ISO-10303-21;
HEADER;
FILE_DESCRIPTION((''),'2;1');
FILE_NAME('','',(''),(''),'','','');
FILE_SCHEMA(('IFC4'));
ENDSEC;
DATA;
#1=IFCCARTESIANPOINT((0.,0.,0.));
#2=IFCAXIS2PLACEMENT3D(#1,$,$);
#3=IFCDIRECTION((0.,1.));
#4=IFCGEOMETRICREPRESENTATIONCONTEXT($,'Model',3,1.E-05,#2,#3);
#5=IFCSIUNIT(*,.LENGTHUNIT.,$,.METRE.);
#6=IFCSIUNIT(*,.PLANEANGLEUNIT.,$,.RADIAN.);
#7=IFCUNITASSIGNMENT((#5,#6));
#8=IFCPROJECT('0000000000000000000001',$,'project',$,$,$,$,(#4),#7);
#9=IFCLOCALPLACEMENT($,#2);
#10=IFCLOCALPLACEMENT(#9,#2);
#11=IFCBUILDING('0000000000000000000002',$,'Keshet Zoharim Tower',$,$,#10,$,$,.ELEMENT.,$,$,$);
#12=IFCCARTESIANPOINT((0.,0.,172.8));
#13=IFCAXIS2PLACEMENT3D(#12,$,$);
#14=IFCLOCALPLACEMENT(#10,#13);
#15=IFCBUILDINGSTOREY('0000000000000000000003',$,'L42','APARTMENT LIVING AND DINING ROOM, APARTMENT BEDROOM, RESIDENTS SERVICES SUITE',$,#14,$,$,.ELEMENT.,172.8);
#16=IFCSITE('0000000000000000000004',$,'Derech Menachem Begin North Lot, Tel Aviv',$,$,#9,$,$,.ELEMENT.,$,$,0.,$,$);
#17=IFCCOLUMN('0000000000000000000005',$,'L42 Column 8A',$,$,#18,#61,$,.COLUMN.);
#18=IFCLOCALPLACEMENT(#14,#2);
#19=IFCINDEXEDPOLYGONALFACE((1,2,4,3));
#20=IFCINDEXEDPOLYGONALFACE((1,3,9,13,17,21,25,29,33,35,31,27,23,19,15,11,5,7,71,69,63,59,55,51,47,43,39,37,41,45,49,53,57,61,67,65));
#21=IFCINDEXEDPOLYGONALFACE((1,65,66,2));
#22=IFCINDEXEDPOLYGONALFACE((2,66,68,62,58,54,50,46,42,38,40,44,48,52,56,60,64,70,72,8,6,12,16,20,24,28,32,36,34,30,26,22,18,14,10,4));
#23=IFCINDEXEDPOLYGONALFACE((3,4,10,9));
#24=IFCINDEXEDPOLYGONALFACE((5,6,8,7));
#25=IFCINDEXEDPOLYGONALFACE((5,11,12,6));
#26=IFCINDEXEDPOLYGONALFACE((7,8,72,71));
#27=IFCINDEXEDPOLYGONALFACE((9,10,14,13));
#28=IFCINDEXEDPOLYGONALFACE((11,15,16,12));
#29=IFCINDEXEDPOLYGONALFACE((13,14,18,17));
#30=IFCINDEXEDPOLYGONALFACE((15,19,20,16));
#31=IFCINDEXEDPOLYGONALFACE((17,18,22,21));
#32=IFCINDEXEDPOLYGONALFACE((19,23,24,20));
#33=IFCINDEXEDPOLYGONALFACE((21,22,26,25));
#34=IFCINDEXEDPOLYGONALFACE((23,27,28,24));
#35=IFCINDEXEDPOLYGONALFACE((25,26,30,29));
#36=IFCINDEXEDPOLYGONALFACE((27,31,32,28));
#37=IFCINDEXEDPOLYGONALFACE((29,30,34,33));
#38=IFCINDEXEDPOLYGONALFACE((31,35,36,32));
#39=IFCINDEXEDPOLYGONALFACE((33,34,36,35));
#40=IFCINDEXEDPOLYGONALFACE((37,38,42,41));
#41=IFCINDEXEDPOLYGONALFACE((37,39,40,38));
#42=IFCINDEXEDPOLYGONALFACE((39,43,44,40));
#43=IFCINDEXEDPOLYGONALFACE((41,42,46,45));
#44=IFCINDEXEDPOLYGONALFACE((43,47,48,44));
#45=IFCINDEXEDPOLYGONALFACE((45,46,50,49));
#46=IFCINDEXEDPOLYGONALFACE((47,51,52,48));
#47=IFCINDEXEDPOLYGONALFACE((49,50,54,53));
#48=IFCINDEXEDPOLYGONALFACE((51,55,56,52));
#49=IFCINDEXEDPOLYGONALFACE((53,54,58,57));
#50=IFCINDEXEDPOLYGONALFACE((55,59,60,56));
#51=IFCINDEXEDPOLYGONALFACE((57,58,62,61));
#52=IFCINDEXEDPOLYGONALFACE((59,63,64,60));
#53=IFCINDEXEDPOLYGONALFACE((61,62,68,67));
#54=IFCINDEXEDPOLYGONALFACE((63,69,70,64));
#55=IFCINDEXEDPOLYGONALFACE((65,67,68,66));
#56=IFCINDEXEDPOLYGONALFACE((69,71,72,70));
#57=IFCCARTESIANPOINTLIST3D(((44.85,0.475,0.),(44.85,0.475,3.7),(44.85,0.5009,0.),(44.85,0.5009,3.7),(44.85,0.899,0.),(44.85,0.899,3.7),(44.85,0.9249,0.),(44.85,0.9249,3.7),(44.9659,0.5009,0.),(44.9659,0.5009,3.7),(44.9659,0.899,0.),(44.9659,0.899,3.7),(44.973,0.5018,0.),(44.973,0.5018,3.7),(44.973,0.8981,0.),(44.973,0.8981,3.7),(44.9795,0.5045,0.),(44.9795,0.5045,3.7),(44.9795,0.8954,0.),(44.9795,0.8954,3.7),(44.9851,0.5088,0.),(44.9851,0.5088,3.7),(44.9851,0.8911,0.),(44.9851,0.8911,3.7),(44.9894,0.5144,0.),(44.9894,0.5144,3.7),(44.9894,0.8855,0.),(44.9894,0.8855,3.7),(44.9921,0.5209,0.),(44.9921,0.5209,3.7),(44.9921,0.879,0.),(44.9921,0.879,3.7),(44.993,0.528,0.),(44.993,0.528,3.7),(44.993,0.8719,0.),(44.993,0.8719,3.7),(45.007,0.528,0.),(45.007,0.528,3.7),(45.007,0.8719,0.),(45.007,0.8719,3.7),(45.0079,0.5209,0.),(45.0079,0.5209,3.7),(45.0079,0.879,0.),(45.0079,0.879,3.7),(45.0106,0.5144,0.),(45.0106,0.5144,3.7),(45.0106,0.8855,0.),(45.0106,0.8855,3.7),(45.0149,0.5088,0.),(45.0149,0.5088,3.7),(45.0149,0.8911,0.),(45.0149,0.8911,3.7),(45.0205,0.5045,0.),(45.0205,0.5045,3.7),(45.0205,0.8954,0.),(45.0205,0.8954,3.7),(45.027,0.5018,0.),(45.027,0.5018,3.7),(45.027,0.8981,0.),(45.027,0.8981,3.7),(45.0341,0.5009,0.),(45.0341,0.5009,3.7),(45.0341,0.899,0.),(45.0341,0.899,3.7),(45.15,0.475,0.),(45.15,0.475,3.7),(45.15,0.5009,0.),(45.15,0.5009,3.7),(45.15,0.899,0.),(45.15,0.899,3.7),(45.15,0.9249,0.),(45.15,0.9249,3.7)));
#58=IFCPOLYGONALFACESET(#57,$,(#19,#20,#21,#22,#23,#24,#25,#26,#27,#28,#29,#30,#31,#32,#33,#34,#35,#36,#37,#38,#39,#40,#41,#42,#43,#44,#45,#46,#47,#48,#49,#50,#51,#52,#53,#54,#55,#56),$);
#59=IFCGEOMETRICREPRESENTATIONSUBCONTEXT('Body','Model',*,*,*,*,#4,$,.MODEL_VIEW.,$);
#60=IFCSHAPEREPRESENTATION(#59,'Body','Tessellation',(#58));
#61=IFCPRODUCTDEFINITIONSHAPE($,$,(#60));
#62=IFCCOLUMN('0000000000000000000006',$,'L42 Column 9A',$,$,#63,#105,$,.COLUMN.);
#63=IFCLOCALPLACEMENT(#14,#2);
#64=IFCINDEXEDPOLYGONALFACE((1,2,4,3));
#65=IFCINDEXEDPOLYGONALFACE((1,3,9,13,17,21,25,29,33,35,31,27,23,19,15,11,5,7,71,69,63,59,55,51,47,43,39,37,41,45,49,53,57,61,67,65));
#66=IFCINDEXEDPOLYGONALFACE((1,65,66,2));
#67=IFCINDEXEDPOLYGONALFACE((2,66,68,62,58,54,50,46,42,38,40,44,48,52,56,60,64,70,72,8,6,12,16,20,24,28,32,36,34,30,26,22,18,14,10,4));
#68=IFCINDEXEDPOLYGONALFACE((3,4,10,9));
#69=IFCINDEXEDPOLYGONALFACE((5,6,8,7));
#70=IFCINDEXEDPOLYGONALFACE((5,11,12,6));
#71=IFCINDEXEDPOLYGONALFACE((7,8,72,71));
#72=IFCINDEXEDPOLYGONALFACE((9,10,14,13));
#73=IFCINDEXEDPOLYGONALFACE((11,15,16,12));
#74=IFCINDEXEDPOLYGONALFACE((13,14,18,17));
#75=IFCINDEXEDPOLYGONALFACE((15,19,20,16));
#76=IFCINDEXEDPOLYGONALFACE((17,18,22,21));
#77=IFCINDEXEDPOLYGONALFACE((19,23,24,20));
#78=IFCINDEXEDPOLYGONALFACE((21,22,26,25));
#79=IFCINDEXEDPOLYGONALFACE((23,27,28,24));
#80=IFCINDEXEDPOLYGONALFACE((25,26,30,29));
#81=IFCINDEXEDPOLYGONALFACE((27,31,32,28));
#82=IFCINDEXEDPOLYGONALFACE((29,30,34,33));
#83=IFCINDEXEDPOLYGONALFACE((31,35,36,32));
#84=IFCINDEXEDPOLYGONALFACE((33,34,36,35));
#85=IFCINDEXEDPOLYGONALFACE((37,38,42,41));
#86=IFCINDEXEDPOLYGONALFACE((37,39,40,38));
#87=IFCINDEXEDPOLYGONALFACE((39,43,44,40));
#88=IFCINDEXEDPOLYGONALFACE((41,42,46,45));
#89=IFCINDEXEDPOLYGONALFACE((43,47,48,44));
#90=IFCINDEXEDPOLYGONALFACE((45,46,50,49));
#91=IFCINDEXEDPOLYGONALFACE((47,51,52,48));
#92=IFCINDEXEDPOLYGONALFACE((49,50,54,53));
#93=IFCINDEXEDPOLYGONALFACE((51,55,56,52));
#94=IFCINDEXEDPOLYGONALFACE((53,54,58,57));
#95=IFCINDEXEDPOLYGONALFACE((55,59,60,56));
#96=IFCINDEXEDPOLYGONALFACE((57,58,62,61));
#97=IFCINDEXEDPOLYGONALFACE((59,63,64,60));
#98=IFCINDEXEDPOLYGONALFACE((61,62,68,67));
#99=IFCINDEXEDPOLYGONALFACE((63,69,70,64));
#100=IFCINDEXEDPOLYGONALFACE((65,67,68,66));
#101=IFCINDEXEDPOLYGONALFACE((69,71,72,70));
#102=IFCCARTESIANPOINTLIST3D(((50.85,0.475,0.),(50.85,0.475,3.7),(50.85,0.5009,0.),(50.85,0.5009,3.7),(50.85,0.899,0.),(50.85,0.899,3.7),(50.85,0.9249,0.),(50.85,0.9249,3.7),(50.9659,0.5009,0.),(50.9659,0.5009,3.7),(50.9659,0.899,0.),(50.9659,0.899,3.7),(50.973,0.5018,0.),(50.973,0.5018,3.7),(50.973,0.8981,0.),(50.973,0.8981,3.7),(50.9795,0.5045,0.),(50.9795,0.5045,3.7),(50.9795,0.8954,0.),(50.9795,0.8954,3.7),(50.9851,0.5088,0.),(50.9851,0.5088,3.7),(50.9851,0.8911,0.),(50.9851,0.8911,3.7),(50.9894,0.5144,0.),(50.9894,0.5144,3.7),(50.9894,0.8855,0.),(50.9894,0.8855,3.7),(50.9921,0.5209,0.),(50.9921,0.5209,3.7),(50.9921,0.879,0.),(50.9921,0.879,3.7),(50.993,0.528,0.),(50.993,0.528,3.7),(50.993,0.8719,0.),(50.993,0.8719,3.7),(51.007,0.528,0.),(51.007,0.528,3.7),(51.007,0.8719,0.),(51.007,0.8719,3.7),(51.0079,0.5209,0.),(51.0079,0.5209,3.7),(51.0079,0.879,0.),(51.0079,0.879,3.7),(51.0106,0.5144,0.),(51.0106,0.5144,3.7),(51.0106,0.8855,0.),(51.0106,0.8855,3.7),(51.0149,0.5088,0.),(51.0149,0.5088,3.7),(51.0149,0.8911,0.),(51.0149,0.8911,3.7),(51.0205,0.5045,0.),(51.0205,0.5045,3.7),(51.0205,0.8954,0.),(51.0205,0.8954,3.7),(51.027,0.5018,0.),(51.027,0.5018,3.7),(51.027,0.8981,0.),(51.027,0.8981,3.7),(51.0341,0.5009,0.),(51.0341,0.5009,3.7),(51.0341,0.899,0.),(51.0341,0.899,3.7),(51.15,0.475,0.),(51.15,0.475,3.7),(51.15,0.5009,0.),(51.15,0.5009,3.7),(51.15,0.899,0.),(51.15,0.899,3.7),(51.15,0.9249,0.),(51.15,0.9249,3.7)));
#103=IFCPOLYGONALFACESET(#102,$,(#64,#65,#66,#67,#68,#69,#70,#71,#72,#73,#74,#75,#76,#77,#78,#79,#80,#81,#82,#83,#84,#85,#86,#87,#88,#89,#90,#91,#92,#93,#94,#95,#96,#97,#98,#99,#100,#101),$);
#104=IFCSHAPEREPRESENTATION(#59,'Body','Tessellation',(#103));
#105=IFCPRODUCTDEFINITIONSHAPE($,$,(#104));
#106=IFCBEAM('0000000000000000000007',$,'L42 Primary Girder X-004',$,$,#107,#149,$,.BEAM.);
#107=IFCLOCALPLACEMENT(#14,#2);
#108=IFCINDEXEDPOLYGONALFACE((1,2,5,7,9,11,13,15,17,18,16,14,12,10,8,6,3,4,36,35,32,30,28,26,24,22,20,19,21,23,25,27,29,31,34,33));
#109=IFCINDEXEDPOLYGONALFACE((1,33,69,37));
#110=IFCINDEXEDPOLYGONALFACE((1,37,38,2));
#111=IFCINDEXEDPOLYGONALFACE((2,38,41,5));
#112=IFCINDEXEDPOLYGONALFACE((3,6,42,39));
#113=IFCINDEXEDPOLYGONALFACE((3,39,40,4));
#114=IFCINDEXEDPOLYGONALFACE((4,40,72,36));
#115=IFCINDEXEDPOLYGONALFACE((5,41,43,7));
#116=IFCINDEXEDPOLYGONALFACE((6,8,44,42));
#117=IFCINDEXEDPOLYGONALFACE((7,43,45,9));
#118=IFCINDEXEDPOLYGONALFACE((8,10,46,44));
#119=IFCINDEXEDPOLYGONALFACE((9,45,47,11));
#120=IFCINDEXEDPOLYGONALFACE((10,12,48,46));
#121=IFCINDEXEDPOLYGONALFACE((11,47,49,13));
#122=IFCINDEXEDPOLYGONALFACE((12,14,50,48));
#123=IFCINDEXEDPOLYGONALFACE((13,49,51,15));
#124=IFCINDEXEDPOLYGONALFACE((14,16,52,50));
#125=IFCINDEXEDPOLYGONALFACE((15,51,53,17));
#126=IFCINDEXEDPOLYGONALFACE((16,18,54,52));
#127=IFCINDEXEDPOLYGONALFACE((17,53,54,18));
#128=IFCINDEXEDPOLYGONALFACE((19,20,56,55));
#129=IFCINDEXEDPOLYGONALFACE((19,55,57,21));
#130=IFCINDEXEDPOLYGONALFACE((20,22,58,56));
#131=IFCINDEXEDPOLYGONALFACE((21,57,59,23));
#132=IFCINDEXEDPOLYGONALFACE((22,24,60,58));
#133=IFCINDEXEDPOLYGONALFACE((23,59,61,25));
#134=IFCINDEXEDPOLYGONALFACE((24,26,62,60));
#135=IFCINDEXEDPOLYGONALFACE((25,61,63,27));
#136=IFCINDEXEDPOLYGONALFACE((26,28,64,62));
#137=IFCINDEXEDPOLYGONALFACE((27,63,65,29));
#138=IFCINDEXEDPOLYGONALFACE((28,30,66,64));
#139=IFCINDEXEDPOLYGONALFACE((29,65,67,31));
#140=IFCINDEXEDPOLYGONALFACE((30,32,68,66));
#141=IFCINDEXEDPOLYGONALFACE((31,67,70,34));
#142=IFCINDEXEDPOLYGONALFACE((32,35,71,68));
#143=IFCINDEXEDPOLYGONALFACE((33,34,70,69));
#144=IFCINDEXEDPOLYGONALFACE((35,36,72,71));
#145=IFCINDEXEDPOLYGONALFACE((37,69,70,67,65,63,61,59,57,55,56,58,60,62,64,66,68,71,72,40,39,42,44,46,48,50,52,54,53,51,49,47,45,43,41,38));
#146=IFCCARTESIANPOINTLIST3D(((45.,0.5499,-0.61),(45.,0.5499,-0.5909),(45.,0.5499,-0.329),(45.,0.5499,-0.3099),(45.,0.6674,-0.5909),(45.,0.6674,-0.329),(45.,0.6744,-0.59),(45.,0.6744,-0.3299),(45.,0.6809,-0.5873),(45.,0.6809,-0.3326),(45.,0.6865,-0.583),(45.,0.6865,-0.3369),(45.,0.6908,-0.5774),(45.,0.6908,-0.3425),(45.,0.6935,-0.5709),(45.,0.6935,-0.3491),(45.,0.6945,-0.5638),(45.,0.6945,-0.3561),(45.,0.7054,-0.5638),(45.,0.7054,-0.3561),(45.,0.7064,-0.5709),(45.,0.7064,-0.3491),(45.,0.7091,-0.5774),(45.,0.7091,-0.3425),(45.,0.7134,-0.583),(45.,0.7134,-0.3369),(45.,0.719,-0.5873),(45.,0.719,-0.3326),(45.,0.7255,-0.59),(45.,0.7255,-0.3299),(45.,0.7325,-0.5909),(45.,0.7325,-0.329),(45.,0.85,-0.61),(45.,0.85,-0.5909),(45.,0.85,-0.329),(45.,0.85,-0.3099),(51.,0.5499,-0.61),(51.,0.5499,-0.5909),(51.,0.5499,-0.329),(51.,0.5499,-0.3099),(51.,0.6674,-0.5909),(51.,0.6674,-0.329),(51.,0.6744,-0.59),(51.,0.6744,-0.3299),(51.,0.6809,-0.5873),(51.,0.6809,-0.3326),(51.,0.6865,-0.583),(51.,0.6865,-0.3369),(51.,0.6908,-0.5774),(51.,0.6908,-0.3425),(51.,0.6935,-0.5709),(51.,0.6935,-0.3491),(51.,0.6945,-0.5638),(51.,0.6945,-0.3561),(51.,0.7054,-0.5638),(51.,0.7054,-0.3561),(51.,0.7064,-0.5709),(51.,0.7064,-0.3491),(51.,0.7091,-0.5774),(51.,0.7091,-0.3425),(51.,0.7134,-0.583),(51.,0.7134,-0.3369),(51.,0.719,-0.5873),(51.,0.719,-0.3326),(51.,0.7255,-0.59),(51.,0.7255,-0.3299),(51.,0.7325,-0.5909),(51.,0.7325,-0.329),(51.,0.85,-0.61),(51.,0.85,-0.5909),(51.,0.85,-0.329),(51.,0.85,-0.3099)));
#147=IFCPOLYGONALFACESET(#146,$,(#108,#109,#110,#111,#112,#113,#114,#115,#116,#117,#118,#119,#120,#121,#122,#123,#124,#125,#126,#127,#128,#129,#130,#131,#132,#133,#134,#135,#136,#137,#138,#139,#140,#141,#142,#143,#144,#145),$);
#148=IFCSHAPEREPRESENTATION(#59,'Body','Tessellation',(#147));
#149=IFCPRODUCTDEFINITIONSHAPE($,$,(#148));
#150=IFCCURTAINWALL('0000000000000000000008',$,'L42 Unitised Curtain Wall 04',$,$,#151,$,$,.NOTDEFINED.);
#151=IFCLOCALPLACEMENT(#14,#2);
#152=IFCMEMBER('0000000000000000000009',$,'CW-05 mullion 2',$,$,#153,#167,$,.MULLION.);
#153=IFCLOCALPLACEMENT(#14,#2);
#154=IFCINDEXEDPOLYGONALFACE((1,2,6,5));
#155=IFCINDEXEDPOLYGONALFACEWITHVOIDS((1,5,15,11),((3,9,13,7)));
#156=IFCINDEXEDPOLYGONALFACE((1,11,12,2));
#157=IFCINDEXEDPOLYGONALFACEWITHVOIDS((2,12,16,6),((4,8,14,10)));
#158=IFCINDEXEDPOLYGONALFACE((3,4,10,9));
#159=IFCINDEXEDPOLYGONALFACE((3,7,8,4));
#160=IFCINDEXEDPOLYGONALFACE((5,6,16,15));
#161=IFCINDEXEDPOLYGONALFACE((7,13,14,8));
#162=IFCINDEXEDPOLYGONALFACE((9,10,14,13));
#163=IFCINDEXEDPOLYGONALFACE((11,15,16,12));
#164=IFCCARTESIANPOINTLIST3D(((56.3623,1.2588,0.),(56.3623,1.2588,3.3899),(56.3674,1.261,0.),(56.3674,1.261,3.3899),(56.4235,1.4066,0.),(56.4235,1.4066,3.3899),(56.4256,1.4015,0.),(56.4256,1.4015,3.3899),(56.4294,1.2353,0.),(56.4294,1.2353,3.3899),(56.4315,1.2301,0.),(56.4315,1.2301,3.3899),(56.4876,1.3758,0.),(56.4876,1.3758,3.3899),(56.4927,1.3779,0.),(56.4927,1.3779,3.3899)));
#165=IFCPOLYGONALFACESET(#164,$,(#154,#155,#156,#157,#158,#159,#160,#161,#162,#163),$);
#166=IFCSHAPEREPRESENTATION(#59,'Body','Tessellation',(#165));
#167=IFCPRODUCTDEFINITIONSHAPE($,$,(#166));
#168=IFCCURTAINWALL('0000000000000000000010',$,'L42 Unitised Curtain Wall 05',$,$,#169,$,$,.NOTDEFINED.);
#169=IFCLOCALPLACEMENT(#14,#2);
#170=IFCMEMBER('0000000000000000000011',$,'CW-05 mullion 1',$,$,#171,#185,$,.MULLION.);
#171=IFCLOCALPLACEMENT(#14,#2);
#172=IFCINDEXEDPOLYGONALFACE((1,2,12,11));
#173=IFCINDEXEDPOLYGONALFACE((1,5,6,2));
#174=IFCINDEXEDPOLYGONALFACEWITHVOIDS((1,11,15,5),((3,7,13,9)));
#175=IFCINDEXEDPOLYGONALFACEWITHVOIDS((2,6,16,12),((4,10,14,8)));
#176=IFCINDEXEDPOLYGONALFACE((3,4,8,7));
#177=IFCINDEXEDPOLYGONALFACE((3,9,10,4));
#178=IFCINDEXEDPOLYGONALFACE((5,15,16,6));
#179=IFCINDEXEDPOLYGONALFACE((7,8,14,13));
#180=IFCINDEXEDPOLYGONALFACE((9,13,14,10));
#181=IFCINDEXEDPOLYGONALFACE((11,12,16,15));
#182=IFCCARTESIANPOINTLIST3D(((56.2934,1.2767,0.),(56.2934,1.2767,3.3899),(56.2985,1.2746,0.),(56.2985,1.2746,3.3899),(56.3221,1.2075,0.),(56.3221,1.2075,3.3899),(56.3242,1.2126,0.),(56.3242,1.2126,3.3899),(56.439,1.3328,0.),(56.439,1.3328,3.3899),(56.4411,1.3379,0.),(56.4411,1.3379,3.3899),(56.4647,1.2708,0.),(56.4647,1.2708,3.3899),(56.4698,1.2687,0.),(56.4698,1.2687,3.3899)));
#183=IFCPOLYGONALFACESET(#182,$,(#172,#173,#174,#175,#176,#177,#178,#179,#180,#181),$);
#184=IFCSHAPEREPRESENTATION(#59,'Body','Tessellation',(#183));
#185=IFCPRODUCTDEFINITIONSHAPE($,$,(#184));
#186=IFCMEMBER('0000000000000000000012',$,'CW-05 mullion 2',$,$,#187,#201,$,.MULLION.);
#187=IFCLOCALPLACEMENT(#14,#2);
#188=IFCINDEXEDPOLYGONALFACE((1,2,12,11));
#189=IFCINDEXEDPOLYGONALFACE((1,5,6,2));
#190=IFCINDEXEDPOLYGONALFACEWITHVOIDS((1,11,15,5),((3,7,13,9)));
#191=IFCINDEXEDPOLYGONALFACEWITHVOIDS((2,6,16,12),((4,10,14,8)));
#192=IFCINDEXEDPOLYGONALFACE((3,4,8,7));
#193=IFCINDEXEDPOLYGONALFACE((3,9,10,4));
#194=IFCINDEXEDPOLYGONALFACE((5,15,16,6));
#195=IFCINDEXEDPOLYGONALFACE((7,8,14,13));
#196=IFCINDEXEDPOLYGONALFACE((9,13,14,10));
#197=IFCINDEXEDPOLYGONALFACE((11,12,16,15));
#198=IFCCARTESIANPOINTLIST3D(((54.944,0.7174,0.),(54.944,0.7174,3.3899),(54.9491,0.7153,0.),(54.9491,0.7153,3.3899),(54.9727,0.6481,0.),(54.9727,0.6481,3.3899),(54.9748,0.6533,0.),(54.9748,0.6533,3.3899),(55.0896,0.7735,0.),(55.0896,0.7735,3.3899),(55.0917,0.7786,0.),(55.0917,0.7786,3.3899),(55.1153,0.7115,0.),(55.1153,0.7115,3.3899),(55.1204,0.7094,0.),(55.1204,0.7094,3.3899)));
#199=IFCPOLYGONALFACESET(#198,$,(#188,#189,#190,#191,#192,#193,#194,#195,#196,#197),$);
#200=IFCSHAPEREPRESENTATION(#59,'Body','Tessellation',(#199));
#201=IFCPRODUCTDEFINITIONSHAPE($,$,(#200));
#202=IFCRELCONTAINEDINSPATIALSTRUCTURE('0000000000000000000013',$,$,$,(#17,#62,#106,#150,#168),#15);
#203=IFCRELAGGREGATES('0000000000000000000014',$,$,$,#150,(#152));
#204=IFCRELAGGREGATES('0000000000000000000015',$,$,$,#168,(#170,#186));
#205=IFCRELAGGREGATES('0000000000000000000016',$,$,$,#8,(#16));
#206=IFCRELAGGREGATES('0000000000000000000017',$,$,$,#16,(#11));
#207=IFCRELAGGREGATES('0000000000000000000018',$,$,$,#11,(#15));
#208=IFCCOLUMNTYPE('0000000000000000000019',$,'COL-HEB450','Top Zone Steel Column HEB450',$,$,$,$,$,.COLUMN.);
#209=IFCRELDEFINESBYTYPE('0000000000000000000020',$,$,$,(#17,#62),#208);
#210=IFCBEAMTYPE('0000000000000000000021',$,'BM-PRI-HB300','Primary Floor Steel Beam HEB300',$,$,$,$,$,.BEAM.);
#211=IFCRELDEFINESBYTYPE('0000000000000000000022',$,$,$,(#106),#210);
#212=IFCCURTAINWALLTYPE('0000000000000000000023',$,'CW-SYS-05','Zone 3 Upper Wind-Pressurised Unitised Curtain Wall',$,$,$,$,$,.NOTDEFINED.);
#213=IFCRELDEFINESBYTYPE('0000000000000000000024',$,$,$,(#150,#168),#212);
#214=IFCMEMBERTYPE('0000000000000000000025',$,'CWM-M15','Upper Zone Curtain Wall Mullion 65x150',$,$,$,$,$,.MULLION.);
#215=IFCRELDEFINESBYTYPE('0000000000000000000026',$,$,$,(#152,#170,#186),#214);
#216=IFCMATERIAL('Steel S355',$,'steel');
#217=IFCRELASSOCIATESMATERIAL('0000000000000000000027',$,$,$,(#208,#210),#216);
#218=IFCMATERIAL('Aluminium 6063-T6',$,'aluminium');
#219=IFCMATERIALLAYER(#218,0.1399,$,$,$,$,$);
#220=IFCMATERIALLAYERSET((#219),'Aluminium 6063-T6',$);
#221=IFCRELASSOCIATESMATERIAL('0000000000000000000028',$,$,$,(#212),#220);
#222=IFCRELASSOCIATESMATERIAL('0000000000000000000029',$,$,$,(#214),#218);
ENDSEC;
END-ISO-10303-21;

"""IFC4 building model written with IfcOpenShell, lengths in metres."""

from ifc_helpers import new_model, si_unit, direction, frame, origin, origin_2d, place, context, subcontext, project, spatial, hollow_rectangle, i_section, extrude, material, layer, layer_set, material_profile, profile_set, type_object, element, aggregate, save


model = new_model("IFC4")

# Units and contexts
model_context = context("Model", 3, precision=1e-05, world=origin(), true_north=direction((0.0, 1.0)))
body_context = subcontext(model_context, "Body", "Model", "MODEL_VIEW")
ifc_project = project(units=[si_unit("LENGTHUNIT", "METRE"), si_unit("PLANEANGLEUNIT", "RADIAN")], contexts=[model_context])

# Site, building, storey
site_placement = place(None, origin())
site = spatial("IfcSite", under=ifc_project, at=site_placement, Name="Derech Menachem Begin North Lot, Tel Aviv", CompositionType="ELEMENT", RefElevation=0.0)
building_placement = place(site_placement, origin())
building = spatial("IfcBuilding", under=site, at=building_placement, Name="Keshet Zoharim Tower", CompositionType="ELEMENT")
storey_placement = place(building_placement, frame((0.0, 0.0, 172.8)))
storey = spatial("IfcBuildingStorey", under=building, at=storey_placement, Name="L42", Description="APARTMENT LIVING AND DINING ROOM, APARTMENT BEDROOM, RESIDENTS SERVICES SUITE", CompositionType="ELEMENT", Elevation=172.8)

# Columns
ifc_material_1 = material(Name="Steel S355", Category="steel")
ifc_material_profile_1 = material_profile(ifc_material_1, i_section(OverallWidth=0.3, OverallDepth=0.45, WebThickness=0.0139, FlangeThickness=0.0259, FilletRadius=0.0271, at=origin_2d()), Name="HEB450")
ifc_profile_set_1 = profile_set([ifc_material_profile_1], Name="Steel S355")
column_type = type_object("IfcColumnType", Name="COL-HEB450", Description="Top Zone Steel Column HEB450", PredefinedType="COLUMN", material=ifc_profile_set_1)
for number, where, z_axis, x_axis, name in (
    (1, (45.0, 0.7, 0.0), (0.0, 0.0, 1.0), (1.0, 0.0, 0.0), "L42 Column 8A"),
    (2, (51.0, 0.7, 0.0), (0.0, 0.0, 1.0), (1.0, 0.0, 0.0), "L42 Column 9A"),
):
    element("IfcColumn", number, at=place(storey_placement, frame(where, z_axis=z_axis, x_axis=x_axis)), inside=storey, type_object=column_type, Name=name, PredefinedType="COLUMN", context=body_context, shape_type="SweptSolid", body=[
        extrude(i_section(OverallWidth=0.3, OverallDepth=0.45, WebThickness=0.0139, FlangeThickness=0.0259, FilletRadius=0.0271, at=origin_2d()), origin(), (0.0, 0.0, 1.0), 3.7),
    ])

# Beam
ifc_material_profile_2 = material_profile(ifc_material_1, i_section(OverallWidth=0.3, OverallDepth=0.3, WebThickness=0.011, FlangeThickness=0.019, FilletRadius=0.0271, at=origin_2d()), Name="HEB300")
ifc_profile_set_2 = profile_set([ifc_material_profile_2], Name="Steel S355")
beam_type = type_object("IfcBeamType", Name="BM-PRI-HB300", Description="Primary Floor Steel Beam HEB300", PredefinedType="BEAM", material=ifc_profile_set_2)
beam_placement = place(storey_placement, frame((45.0, 0.7, -0.46), z_axis=(1.0, 0.0, 0.0), x_axis=(0.0, 1.0, 0.0)))
element("IfcBeam", 3, at=beam_placement, inside=storey, type_object=beam_type, Name="L42 Primary Girder X-004", PredefinedType="BEAM", context=body_context, shape_type="SweptSolid", body=[
    extrude(i_section(OverallWidth=0.3, OverallDepth=0.3, WebThickness=0.011, FlangeThickness=0.019, FilletRadius=0.0271, at=origin_2d()), origin(), (0.0, 0.0, 1.0), 6.0),
])

# Curtain wall, member
ifc_material_2 = material(Name="Aluminium 6063-T6", Category="aluminium")
ifc_layer_1 = layer(ifc_material_2, 0.1399)
ifc_layer_set_1 = layer_set([ifc_layer_1], Name="Aluminium 6063-T6")
curtain_wall_type = type_object("IfcCurtainWallType", Name="CW-SYS-05", Description="Zone 3 Upper Wind-Pressurised Unitised Curtain Wall", PredefinedType="NOTDEFINED", material=ifc_layer_set_1)
curtain_wall_1_placement = place(storey_placement, origin())
curtain_wall_1 = element("IfcCurtainWall", 4, at=curtain_wall_1_placement, inside=storey, type_object=curtain_wall_type, Name="L42 Unitised Curtain Wall 04", PredefinedType="NOTDEFINED")
ifc_material_profile_3 = material_profile(ifc_material_2, hollow_rectangle(XDim=0.075, YDim=0.1599, WallThickness=0.0039, at=origin_2d()), Name="MUL-75x160")
ifc_profile_set_3 = profile_set([ifc_material_profile_3], Name="Aluminium 6063-T6")
member_type_1 = type_object("IfcMemberType", Name="CWM-M15", Description="Upper Zone Curtain Wall Mullion 65x150", PredefinedType="MULLION", material=ifc_profile_set_3)
member_1_placement = place(storey_placement, frame((56.4275, 1.3184, 0.0), z_axis=(0.0, 0.0, 1.0), x_axis=(0.92381, -0.382852, 0.0)))
member_1 = element("IfcMember", 5, at=member_1_placement, type_object=member_type_1, Name="CW-05 mullion 2", PredefinedType="MULLION", context=body_context, shape_type="SweptSolid", body=[
    extrude(hollow_rectangle(XDim=0.075, YDim=0.1599, WallThickness=0.0039, at=origin_2d()), origin(), (0.0, 0.0, 1.0), 3.3899),
])

# Curtain wall, members
curtain_wall_2_placement = place(storey_placement, origin())
curtain_wall_2 = element("IfcCurtainWall", 6, at=curtain_wall_2_placement, inside=storey, type_object=curtain_wall_type, Name="L42 Unitised Curtain Wall 05", PredefinedType="NOTDEFINED")
member_2_placement = place(storey_placement, frame((56.3816, 1.2727, 0.0), z_axis=(0.0, 0.0, 1.0), x_axis=(0.382852, -0.92381, 0.0)))
member_2 = element("IfcMember", 7, at=member_2_placement, type_object=member_type_1, Name="CW-05 mullion 1", PredefinedType="MULLION", context=body_context, shape_type="SweptSolid", body=[
    extrude(hollow_rectangle(XDim=0.075, YDim=0.1599, WallThickness=0.0039, at=origin_2d()), origin(), (0.0, 0.0, 1.0), 3.3899),
])
member_3_placement = place(storey_placement, frame((55.0322, 0.7134, 0.0), z_axis=(0.0, 0.0, 1.0), x_axis=(0.382852, -0.92381, 0.0)))
member_3 = element("IfcMember", 8, at=member_3_placement, type_object=member_type_1, Name="CW-05 mullion 2", PredefinedType="MULLION", context=body_context, shape_type="SweptSolid", body=[
    extrude(hollow_rectangle(XDim=0.075, YDim=0.1599, WallThickness=0.0039, at=origin_2d()), origin(), (0.0, 0.0, 1.0), 3.3899),
])

aggregate(curtain_wall_1, [member_1])
aggregate(curtain_wall_2, [member_2, member_3])

save(model, "model.ifc")
